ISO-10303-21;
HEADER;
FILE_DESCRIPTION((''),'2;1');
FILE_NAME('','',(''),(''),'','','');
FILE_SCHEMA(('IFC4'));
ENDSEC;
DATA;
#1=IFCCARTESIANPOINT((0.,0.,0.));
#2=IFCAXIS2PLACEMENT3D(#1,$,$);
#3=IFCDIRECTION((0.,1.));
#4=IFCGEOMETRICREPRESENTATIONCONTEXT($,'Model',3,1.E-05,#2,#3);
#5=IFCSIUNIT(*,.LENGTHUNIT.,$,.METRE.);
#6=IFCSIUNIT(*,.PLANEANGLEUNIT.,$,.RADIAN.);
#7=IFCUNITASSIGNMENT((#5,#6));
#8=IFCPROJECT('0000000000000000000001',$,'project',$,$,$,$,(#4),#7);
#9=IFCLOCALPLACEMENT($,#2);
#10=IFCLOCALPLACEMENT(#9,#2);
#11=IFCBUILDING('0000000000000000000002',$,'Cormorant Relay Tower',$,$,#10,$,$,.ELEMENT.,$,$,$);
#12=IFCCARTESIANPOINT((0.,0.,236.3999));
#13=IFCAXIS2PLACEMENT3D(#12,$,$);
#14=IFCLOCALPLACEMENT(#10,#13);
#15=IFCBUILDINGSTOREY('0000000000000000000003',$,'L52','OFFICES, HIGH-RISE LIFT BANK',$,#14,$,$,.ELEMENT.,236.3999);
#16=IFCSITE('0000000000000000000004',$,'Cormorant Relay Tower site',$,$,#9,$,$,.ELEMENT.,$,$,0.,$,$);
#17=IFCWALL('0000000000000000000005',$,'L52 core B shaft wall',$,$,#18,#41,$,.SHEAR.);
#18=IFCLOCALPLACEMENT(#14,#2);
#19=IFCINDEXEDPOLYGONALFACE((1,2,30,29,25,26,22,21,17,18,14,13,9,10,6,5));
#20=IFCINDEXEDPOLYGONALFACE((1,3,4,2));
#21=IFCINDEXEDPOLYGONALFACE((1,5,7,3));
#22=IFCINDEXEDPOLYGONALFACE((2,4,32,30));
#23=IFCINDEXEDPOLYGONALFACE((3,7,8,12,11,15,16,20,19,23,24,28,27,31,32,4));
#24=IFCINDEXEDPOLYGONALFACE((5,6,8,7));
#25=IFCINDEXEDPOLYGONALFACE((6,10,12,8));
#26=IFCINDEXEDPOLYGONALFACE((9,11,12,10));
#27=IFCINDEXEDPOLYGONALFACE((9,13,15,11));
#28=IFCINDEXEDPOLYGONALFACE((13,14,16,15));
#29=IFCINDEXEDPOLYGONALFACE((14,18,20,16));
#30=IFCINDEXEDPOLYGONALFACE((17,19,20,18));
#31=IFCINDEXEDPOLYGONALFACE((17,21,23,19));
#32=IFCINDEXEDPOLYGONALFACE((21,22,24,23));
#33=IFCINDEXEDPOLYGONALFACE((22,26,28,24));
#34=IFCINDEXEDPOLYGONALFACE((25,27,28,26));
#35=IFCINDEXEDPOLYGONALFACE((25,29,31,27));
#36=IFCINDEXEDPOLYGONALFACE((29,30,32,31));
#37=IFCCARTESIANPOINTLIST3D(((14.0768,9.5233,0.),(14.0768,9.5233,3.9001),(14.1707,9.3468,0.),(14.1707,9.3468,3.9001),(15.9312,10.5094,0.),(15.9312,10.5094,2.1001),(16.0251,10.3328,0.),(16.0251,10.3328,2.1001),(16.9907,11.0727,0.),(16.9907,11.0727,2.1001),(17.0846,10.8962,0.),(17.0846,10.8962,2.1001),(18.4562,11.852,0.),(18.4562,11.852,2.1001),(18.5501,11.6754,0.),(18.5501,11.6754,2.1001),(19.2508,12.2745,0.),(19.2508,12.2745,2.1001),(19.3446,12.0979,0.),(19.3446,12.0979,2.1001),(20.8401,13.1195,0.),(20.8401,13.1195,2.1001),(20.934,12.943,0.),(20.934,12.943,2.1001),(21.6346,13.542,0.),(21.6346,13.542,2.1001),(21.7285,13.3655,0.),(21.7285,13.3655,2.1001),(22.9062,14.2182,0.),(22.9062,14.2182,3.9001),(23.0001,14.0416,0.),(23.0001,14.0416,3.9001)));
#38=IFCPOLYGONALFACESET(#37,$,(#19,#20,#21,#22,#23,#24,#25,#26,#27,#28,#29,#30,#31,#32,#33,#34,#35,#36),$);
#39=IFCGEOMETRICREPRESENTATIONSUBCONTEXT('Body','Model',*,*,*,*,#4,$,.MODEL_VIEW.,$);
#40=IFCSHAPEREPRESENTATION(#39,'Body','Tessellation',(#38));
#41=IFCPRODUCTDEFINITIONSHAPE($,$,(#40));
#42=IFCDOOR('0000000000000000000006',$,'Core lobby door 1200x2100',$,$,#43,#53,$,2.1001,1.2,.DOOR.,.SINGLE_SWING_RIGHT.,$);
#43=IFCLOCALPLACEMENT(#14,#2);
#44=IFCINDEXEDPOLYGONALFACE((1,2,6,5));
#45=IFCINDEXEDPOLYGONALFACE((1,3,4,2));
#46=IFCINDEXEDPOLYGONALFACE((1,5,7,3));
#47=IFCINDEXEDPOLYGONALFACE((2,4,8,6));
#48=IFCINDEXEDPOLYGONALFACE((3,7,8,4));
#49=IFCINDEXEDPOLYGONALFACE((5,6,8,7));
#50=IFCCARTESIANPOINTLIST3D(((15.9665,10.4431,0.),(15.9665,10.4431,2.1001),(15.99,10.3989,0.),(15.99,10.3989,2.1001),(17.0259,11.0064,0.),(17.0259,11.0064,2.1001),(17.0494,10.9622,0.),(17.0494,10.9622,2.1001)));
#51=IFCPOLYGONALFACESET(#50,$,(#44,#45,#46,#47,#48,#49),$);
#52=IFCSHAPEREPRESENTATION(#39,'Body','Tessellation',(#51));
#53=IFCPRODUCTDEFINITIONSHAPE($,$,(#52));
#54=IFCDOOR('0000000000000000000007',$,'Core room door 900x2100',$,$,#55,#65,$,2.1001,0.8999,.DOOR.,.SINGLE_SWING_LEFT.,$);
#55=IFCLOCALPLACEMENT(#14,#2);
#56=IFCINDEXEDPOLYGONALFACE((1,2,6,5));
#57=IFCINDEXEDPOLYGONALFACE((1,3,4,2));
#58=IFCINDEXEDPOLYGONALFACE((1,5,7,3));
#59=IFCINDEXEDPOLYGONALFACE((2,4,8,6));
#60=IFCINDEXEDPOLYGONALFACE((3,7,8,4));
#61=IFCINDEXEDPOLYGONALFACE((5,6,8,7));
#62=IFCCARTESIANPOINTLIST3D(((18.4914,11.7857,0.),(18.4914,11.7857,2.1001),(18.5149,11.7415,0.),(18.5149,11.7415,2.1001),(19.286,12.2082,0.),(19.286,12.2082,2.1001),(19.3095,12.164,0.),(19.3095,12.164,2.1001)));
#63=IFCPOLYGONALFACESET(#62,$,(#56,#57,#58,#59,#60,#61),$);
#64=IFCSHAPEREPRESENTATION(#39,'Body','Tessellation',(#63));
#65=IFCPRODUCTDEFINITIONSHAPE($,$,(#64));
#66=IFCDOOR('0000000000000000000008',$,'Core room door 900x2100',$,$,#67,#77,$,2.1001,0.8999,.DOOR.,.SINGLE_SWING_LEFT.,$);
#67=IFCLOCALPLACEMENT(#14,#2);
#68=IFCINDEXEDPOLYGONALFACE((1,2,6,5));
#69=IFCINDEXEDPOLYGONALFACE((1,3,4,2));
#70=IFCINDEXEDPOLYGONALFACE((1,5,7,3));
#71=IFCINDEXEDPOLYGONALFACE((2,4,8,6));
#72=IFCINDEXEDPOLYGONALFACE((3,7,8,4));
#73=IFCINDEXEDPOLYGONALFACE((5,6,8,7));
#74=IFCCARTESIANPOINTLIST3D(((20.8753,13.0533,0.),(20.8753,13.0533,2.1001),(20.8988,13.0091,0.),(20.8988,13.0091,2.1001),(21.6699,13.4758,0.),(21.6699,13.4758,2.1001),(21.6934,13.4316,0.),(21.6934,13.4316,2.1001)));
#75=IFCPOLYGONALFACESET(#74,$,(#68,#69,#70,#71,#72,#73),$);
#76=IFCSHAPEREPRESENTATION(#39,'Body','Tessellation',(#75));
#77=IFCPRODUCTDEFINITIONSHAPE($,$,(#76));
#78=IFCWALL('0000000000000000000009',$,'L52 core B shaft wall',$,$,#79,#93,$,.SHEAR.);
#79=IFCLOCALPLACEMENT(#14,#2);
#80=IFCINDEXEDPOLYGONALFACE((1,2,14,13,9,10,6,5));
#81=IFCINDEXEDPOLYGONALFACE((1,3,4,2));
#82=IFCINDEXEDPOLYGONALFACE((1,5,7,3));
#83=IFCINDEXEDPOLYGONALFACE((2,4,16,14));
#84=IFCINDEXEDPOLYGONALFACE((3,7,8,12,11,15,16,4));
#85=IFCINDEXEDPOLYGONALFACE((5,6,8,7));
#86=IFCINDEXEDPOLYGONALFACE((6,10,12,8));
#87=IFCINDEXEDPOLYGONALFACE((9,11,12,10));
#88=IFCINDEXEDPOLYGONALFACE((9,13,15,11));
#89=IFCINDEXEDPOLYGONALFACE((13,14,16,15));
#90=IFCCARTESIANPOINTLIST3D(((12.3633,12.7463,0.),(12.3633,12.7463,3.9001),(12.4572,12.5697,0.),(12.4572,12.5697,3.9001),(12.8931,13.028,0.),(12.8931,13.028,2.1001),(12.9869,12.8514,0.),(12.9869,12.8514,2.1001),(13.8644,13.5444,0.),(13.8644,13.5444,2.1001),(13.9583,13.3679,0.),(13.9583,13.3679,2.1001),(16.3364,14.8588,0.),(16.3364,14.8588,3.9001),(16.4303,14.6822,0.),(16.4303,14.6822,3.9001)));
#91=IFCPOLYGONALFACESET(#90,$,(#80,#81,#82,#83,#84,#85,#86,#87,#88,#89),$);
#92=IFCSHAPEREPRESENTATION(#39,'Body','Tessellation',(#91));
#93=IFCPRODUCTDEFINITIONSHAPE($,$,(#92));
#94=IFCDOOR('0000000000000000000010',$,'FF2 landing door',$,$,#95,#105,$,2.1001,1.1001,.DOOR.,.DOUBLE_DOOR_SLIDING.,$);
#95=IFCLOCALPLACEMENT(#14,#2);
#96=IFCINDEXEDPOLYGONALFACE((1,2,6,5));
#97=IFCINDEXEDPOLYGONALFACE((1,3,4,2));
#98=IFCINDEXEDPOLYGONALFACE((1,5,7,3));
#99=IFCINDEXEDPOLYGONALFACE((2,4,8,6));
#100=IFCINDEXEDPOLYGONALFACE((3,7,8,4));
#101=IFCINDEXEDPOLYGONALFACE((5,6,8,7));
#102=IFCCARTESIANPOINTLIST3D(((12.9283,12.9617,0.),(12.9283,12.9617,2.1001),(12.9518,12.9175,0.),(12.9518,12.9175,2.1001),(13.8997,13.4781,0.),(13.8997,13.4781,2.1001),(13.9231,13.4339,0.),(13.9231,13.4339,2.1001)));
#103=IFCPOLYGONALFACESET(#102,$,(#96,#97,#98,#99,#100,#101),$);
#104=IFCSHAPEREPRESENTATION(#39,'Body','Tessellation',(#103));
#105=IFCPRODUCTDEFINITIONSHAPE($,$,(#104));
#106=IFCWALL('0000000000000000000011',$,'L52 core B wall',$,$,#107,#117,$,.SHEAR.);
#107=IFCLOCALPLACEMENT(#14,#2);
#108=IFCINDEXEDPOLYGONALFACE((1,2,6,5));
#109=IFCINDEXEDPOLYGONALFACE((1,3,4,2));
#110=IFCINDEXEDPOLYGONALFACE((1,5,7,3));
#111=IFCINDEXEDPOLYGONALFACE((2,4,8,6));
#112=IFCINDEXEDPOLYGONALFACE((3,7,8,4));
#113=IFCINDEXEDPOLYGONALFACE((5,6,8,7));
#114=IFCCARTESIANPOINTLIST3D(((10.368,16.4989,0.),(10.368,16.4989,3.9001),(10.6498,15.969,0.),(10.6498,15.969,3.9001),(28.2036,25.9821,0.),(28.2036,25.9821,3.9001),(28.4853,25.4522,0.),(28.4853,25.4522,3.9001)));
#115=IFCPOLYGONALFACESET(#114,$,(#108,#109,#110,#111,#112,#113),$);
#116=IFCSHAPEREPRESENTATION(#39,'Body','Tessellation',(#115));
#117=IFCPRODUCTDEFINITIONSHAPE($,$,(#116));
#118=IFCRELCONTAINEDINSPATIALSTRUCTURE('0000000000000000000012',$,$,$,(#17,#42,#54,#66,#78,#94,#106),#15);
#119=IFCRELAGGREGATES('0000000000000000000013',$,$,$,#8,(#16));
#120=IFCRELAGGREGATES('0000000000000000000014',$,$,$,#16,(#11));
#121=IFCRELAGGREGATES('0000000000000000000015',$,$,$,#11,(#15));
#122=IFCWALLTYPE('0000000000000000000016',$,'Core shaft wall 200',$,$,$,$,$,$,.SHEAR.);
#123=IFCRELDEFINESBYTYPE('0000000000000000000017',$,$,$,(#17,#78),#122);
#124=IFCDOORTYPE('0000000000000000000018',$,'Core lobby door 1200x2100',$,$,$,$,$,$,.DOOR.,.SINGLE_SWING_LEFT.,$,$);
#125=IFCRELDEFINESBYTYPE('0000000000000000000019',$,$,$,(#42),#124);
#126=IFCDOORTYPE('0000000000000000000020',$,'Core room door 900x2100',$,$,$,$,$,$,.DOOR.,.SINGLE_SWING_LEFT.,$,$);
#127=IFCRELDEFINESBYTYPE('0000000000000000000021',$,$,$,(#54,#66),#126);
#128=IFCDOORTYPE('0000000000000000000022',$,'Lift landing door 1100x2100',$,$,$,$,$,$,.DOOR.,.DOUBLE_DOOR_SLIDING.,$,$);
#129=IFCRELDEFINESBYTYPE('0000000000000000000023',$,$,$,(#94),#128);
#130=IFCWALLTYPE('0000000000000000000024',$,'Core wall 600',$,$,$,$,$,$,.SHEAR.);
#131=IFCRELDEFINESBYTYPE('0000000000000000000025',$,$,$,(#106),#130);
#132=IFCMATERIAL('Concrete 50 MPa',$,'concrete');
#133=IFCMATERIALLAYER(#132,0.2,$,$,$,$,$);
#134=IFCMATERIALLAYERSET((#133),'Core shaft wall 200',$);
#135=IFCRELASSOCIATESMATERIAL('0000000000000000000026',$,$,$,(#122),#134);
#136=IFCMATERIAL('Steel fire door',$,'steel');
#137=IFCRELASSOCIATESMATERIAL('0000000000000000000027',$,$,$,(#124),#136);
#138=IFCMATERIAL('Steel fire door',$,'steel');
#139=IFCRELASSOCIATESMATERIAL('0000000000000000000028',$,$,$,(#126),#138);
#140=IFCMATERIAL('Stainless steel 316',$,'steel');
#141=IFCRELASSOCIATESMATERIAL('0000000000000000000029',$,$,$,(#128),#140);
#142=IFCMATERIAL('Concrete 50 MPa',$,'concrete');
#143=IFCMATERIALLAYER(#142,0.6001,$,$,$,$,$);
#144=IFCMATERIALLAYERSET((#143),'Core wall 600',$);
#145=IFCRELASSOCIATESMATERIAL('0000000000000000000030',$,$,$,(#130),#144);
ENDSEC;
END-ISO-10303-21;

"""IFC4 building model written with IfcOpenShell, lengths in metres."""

from ifc_helpers import new_model, si_unit, direction, frame, frame_2d, origin, place, context, subcontext, project, spatial, rectangle, extrude, material, layer, layer_set, type_object, element, fill, save


model = new_model("IFC4")

# Units and contexts
model_context = context("Model", 3, precision=1e-05, world=origin(), true_north=direction((0.0, 1.0)))
body_context = subcontext(model_context, "Body", "Model", "MODEL_VIEW")
ifc_project = project(units=[si_unit("LENGTHUNIT", "METRE"), si_unit("PLANEANGLEUNIT", "RADIAN")], contexts=[model_context])

# Site, building, storey
site_placement = place(None, origin())
site = spatial("IfcSite", under=ifc_project, at=site_placement, Name="Cormorant Relay Tower site", CompositionType="ELEMENT", RefElevation=0.0)
building_placement = place(site_placement, origin())
building = spatial("IfcBuilding", under=site, at=building_placement, Name="Cormorant Relay Tower", CompositionType="ELEMENT")
storey_placement = place(building_placement, frame((0.0, 0.0, 236.3999)))
storey = spatial("IfcBuildingStorey", under=building, at=storey_placement, Name="L52", Description="OFFICES, HIGH-RISE LIFT BANK", CompositionType="ELEMENT", Elevation=236.3999)

# Shared definitions
ifc_material_1 = material(Name="Concrete 50 MPa", Category="concrete")
ifc_layer_1 = layer(ifc_material_1, 0.2)
ifc_layer_set_1 = layer_set([ifc_layer_1], Name="Core shaft wall 200")
wall_type_1 = type_object("IfcWallType", Name="Core shaft wall 200", PredefinedType="SHEAR", material=ifc_layer_set_1)

# Wall, openings, doors
wall_1_placement = place(storey_placement, frame((14.1238, 9.4351, 0.0), z_axis=(0.0, 0.0, 1.0), x_axis=(0.88294, 0.469485, 0.0)))
wall_1 = element("IfcWall", 1, at=wall_1_placement, inside=storey, type_object=wall_type_1, Name="L52 core B shaft wall", PredefinedType="SHEAR", context=body_context, shape_type="SweptSolid", body=[
    extrude(rectangle(XDim=10.0, YDim=0.2, at=frame_2d((5.0, 0.0))), origin(), (0.0, 0.0, 1.0), 3.9001),
])
opening_1_placement = place(wall_1_placement, frame((2.1001, 0.0, 0.0)))
opening_1 = element("IfcOpeningElement", 2, at=opening_1_placement, cuts=wall_1, PredefinedType="OPENING", context=body_context, shape_type="SweptSolid", body=[
    extrude(rectangle(XDim=1.2, YDim=2.1001, at=frame_2d((0.6001, 1.05))), frame((0.0, 0.1099, 0.0), z_axis=(0.0, -1.0, 0.0), x_axis=(1.0, 0.0, 0.0)), (0.0, 0.0, 1.0), 0.22),
])
opening_2_placement = place(wall_1_placement, frame((4.96, 0.0, 0.0)))
opening_2 = element("IfcOpeningElement", 3, at=opening_2_placement, cuts=wall_1, PredefinedType="OPENING", context=body_context, shape_type="SweptSolid", body=[
    extrude(rectangle(XDim=0.8999, YDim=2.1001, at=frame_2d((0.45, 1.05))), frame((0.0, 0.1099, 0.0), z_axis=(0.0, -1.0, 0.0), x_axis=(1.0, 0.0, 0.0)), (0.0, 0.0, 1.0), 0.22),
])
opening_3_placement = place(wall_1_placement, frame((7.6599, 0.0, 0.0)))
opening_3 = element("IfcOpeningElement", 4, at=opening_3_placement, cuts=wall_1, PredefinedType="OPENING", context=body_context, shape_type="SweptSolid", body=[
    extrude(rectangle(XDim=0.8999, YDim=2.1001, at=frame_2d((0.45, 1.05))), frame((0.0, 0.1099, 0.0), z_axis=(0.0, -1.0, 0.0), x_axis=(1.0, 0.0, 0.0)), (0.0, 0.0, 1.0), 0.22),
])
ifc_material_2 = material(Name="Steel fire door", Category="steel")
door_type_1 = type_object("IfcDoorType", Name="Core lobby door 1200x2100", OperationType="SINGLE_SWING_LEFT", PredefinedType="DOOR", material=ifc_material_2)
door_1_placement = place(opening_1_placement, origin())
door_1 = element("IfcDoor", 5, at=door_1_placement, inside=storey, type_object=door_type_1, Name="Core lobby door 1200x2100", OperationType="SINGLE_SWING_RIGHT", OverallHeight=2.1001, OverallWidth=1.2, PredefinedType="DOOR", context=body_context, shape_type="SweptSolid", body=[
    extrude(rectangle(XDim=1.2, YDim=2.1001, at=frame_2d((0.6001, 1.05))), frame((0.0, 0.0249, 0.0), z_axis=(0.0, -1.0, 0.0), x_axis=(1.0, 0.0, 0.0)), (0.0, 0.0, 1.0), 0.05),
])
fill(opening_1, door_1)
ifc_material_3 = material(Name="Steel fire door", Category="steel")
door_type_2 = type_object("IfcDoorType", Name="Core room door 900x2100", OperationType="SINGLE_SWING_LEFT", PredefinedType="DOOR", material=ifc_material_3)
door_2_placement = place(opening_2_placement, origin())
door_2 = element("IfcDoor", 6, at=door_2_placement, inside=storey, type_object=door_type_2, Name="Core room door 900x2100", OperationType="SINGLE_SWING_LEFT", OverallHeight=2.1001, OverallWidth=0.8999, PredefinedType="DOOR", context=body_context, shape_type="SweptSolid", body=[
    extrude(rectangle(XDim=0.8999, YDim=2.1001, at=frame_2d((0.45, 1.05))), frame((0.0, 0.0249, 0.0), z_axis=(0.0, -1.0, 0.0), x_axis=(1.0, 0.0, 0.0)), (0.0, 0.0, 1.0), 0.05),
])
fill(opening_2, door_2)
door_3_placement = place(opening_3_placement, origin())
door_3 = element("IfcDoor", 7, at=door_3_placement, inside=storey, type_object=door_type_2, Name="Core room door 900x2100", OperationType="SINGLE_SWING_LEFT", OverallHeight=2.1001, OverallWidth=0.8999, PredefinedType="DOOR", context=body_context, shape_type="SweptSolid", body=[
    extrude(rectangle(XDim=0.8999, YDim=2.1001, at=frame_2d((0.45, 1.05))), frame((0.0, 0.0249, 0.0), z_axis=(0.0, -1.0, 0.0), x_axis=(1.0, 0.0, 0.0)), (0.0, 0.0, 1.0), 0.05),
])
fill(opening_3, door_3)

# Wall, opening, door
wall_2_placement = place(storey_placement, frame((12.4102, 12.658, 0.0), z_axis=(0.0, 0.0, 1.0), x_axis=(0.882948, 0.46947, 0.0)))
wall_2 = element("IfcWall", 8, at=wall_2_placement, inside=storey, type_object=wall_type_1, Name="L52 core B shaft wall", PredefinedType="SHEAR", context=body_context, shape_type="SweptSolid", body=[
    extrude(rectangle(XDim=4.4998, YDim=0.2, at=frame_2d((2.25, 0.0))), origin(), (0.0, 0.0, 1.0), 3.9001),
])
opening_4_placement = place(wall_2_placement, frame((0.6001, 0.0, 0.0)))
opening_4 = element("IfcOpeningElement", 9, at=opening_4_placement, cuts=wall_2, PredefinedType="OPENING", context=body_context, shape_type="SweptSolid", body=[
    extrude(rectangle(XDim=1.1001, YDim=2.1001, at=frame_2d((0.55, 1.05))), frame((0.0, 0.1099, 0.0), z_axis=(0.0, -1.0, 0.0), x_axis=(1.0, 0.0, 0.0)), (0.0, 0.0, 1.0), 0.22),
])
ifc_material_4 = material(Name="Stainless steel 316", Category="steel")
door_type_3 = type_object("IfcDoorType", Name="Lift landing door 1100x2100", OperationType="DOUBLE_DOOR_SLIDING", PredefinedType="DOOR", material=ifc_material_4)
door_4_placement = place(opening_4_placement, origin())
door_4 = element("IfcDoor", 10, at=door_4_placement, inside=storey, type_object=door_type_3, Name="FF2 landing door", OperationType="DOUBLE_DOOR_SLIDING", OverallHeight=2.1001, OverallWidth=1.1001, PredefinedType="DOOR", context=body_context, shape_type="SweptSolid", body=[
    extrude(rectangle(XDim=1.1001, YDim=2.1001, at=frame_2d((0.55, 1.05))), frame((0.0, 0.0249, 0.0), z_axis=(0.0, -1.0, 0.0), x_axis=(1.0, 0.0, 0.0)), (0.0, 0.0, 1.0), 0.05),
])
fill(opening_4, door_4)

# Wall
ifc_material_5 = material(Name="Concrete 50 MPa", Category="concrete")
ifc_layer_2 = layer(ifc_material_5, 0.6001)
ifc_layer_set_2 = layer_set([ifc_layer_2], Name="Core wall 600")
wall_type_2 = type_object("IfcWallType", Name="Core wall 600", PredefinedType="SHEAR", material=ifc_layer_set_2)
wall_3_placement = place(storey_placement, frame((10.5088, 16.2339, 0.0), z_axis=(0.0, 0.0, 1.0), x_axis=(0.88295, 0.469467, 0.0)))
element("IfcWall", 11, at=wall_3_placement, inside=storey, type_object=wall_type_2, Name="L52 core B wall", PredefinedType="SHEAR", context=body_context, shape_type="SweptSolid", body=[
    extrude(rectangle(XDim=20.2, YDim=0.6001, at=frame_2d((10.1001, 0.0))), origin(), (0.0, 0.0, 1.0), 3.9001),
])

save(model, "model.ifc")
